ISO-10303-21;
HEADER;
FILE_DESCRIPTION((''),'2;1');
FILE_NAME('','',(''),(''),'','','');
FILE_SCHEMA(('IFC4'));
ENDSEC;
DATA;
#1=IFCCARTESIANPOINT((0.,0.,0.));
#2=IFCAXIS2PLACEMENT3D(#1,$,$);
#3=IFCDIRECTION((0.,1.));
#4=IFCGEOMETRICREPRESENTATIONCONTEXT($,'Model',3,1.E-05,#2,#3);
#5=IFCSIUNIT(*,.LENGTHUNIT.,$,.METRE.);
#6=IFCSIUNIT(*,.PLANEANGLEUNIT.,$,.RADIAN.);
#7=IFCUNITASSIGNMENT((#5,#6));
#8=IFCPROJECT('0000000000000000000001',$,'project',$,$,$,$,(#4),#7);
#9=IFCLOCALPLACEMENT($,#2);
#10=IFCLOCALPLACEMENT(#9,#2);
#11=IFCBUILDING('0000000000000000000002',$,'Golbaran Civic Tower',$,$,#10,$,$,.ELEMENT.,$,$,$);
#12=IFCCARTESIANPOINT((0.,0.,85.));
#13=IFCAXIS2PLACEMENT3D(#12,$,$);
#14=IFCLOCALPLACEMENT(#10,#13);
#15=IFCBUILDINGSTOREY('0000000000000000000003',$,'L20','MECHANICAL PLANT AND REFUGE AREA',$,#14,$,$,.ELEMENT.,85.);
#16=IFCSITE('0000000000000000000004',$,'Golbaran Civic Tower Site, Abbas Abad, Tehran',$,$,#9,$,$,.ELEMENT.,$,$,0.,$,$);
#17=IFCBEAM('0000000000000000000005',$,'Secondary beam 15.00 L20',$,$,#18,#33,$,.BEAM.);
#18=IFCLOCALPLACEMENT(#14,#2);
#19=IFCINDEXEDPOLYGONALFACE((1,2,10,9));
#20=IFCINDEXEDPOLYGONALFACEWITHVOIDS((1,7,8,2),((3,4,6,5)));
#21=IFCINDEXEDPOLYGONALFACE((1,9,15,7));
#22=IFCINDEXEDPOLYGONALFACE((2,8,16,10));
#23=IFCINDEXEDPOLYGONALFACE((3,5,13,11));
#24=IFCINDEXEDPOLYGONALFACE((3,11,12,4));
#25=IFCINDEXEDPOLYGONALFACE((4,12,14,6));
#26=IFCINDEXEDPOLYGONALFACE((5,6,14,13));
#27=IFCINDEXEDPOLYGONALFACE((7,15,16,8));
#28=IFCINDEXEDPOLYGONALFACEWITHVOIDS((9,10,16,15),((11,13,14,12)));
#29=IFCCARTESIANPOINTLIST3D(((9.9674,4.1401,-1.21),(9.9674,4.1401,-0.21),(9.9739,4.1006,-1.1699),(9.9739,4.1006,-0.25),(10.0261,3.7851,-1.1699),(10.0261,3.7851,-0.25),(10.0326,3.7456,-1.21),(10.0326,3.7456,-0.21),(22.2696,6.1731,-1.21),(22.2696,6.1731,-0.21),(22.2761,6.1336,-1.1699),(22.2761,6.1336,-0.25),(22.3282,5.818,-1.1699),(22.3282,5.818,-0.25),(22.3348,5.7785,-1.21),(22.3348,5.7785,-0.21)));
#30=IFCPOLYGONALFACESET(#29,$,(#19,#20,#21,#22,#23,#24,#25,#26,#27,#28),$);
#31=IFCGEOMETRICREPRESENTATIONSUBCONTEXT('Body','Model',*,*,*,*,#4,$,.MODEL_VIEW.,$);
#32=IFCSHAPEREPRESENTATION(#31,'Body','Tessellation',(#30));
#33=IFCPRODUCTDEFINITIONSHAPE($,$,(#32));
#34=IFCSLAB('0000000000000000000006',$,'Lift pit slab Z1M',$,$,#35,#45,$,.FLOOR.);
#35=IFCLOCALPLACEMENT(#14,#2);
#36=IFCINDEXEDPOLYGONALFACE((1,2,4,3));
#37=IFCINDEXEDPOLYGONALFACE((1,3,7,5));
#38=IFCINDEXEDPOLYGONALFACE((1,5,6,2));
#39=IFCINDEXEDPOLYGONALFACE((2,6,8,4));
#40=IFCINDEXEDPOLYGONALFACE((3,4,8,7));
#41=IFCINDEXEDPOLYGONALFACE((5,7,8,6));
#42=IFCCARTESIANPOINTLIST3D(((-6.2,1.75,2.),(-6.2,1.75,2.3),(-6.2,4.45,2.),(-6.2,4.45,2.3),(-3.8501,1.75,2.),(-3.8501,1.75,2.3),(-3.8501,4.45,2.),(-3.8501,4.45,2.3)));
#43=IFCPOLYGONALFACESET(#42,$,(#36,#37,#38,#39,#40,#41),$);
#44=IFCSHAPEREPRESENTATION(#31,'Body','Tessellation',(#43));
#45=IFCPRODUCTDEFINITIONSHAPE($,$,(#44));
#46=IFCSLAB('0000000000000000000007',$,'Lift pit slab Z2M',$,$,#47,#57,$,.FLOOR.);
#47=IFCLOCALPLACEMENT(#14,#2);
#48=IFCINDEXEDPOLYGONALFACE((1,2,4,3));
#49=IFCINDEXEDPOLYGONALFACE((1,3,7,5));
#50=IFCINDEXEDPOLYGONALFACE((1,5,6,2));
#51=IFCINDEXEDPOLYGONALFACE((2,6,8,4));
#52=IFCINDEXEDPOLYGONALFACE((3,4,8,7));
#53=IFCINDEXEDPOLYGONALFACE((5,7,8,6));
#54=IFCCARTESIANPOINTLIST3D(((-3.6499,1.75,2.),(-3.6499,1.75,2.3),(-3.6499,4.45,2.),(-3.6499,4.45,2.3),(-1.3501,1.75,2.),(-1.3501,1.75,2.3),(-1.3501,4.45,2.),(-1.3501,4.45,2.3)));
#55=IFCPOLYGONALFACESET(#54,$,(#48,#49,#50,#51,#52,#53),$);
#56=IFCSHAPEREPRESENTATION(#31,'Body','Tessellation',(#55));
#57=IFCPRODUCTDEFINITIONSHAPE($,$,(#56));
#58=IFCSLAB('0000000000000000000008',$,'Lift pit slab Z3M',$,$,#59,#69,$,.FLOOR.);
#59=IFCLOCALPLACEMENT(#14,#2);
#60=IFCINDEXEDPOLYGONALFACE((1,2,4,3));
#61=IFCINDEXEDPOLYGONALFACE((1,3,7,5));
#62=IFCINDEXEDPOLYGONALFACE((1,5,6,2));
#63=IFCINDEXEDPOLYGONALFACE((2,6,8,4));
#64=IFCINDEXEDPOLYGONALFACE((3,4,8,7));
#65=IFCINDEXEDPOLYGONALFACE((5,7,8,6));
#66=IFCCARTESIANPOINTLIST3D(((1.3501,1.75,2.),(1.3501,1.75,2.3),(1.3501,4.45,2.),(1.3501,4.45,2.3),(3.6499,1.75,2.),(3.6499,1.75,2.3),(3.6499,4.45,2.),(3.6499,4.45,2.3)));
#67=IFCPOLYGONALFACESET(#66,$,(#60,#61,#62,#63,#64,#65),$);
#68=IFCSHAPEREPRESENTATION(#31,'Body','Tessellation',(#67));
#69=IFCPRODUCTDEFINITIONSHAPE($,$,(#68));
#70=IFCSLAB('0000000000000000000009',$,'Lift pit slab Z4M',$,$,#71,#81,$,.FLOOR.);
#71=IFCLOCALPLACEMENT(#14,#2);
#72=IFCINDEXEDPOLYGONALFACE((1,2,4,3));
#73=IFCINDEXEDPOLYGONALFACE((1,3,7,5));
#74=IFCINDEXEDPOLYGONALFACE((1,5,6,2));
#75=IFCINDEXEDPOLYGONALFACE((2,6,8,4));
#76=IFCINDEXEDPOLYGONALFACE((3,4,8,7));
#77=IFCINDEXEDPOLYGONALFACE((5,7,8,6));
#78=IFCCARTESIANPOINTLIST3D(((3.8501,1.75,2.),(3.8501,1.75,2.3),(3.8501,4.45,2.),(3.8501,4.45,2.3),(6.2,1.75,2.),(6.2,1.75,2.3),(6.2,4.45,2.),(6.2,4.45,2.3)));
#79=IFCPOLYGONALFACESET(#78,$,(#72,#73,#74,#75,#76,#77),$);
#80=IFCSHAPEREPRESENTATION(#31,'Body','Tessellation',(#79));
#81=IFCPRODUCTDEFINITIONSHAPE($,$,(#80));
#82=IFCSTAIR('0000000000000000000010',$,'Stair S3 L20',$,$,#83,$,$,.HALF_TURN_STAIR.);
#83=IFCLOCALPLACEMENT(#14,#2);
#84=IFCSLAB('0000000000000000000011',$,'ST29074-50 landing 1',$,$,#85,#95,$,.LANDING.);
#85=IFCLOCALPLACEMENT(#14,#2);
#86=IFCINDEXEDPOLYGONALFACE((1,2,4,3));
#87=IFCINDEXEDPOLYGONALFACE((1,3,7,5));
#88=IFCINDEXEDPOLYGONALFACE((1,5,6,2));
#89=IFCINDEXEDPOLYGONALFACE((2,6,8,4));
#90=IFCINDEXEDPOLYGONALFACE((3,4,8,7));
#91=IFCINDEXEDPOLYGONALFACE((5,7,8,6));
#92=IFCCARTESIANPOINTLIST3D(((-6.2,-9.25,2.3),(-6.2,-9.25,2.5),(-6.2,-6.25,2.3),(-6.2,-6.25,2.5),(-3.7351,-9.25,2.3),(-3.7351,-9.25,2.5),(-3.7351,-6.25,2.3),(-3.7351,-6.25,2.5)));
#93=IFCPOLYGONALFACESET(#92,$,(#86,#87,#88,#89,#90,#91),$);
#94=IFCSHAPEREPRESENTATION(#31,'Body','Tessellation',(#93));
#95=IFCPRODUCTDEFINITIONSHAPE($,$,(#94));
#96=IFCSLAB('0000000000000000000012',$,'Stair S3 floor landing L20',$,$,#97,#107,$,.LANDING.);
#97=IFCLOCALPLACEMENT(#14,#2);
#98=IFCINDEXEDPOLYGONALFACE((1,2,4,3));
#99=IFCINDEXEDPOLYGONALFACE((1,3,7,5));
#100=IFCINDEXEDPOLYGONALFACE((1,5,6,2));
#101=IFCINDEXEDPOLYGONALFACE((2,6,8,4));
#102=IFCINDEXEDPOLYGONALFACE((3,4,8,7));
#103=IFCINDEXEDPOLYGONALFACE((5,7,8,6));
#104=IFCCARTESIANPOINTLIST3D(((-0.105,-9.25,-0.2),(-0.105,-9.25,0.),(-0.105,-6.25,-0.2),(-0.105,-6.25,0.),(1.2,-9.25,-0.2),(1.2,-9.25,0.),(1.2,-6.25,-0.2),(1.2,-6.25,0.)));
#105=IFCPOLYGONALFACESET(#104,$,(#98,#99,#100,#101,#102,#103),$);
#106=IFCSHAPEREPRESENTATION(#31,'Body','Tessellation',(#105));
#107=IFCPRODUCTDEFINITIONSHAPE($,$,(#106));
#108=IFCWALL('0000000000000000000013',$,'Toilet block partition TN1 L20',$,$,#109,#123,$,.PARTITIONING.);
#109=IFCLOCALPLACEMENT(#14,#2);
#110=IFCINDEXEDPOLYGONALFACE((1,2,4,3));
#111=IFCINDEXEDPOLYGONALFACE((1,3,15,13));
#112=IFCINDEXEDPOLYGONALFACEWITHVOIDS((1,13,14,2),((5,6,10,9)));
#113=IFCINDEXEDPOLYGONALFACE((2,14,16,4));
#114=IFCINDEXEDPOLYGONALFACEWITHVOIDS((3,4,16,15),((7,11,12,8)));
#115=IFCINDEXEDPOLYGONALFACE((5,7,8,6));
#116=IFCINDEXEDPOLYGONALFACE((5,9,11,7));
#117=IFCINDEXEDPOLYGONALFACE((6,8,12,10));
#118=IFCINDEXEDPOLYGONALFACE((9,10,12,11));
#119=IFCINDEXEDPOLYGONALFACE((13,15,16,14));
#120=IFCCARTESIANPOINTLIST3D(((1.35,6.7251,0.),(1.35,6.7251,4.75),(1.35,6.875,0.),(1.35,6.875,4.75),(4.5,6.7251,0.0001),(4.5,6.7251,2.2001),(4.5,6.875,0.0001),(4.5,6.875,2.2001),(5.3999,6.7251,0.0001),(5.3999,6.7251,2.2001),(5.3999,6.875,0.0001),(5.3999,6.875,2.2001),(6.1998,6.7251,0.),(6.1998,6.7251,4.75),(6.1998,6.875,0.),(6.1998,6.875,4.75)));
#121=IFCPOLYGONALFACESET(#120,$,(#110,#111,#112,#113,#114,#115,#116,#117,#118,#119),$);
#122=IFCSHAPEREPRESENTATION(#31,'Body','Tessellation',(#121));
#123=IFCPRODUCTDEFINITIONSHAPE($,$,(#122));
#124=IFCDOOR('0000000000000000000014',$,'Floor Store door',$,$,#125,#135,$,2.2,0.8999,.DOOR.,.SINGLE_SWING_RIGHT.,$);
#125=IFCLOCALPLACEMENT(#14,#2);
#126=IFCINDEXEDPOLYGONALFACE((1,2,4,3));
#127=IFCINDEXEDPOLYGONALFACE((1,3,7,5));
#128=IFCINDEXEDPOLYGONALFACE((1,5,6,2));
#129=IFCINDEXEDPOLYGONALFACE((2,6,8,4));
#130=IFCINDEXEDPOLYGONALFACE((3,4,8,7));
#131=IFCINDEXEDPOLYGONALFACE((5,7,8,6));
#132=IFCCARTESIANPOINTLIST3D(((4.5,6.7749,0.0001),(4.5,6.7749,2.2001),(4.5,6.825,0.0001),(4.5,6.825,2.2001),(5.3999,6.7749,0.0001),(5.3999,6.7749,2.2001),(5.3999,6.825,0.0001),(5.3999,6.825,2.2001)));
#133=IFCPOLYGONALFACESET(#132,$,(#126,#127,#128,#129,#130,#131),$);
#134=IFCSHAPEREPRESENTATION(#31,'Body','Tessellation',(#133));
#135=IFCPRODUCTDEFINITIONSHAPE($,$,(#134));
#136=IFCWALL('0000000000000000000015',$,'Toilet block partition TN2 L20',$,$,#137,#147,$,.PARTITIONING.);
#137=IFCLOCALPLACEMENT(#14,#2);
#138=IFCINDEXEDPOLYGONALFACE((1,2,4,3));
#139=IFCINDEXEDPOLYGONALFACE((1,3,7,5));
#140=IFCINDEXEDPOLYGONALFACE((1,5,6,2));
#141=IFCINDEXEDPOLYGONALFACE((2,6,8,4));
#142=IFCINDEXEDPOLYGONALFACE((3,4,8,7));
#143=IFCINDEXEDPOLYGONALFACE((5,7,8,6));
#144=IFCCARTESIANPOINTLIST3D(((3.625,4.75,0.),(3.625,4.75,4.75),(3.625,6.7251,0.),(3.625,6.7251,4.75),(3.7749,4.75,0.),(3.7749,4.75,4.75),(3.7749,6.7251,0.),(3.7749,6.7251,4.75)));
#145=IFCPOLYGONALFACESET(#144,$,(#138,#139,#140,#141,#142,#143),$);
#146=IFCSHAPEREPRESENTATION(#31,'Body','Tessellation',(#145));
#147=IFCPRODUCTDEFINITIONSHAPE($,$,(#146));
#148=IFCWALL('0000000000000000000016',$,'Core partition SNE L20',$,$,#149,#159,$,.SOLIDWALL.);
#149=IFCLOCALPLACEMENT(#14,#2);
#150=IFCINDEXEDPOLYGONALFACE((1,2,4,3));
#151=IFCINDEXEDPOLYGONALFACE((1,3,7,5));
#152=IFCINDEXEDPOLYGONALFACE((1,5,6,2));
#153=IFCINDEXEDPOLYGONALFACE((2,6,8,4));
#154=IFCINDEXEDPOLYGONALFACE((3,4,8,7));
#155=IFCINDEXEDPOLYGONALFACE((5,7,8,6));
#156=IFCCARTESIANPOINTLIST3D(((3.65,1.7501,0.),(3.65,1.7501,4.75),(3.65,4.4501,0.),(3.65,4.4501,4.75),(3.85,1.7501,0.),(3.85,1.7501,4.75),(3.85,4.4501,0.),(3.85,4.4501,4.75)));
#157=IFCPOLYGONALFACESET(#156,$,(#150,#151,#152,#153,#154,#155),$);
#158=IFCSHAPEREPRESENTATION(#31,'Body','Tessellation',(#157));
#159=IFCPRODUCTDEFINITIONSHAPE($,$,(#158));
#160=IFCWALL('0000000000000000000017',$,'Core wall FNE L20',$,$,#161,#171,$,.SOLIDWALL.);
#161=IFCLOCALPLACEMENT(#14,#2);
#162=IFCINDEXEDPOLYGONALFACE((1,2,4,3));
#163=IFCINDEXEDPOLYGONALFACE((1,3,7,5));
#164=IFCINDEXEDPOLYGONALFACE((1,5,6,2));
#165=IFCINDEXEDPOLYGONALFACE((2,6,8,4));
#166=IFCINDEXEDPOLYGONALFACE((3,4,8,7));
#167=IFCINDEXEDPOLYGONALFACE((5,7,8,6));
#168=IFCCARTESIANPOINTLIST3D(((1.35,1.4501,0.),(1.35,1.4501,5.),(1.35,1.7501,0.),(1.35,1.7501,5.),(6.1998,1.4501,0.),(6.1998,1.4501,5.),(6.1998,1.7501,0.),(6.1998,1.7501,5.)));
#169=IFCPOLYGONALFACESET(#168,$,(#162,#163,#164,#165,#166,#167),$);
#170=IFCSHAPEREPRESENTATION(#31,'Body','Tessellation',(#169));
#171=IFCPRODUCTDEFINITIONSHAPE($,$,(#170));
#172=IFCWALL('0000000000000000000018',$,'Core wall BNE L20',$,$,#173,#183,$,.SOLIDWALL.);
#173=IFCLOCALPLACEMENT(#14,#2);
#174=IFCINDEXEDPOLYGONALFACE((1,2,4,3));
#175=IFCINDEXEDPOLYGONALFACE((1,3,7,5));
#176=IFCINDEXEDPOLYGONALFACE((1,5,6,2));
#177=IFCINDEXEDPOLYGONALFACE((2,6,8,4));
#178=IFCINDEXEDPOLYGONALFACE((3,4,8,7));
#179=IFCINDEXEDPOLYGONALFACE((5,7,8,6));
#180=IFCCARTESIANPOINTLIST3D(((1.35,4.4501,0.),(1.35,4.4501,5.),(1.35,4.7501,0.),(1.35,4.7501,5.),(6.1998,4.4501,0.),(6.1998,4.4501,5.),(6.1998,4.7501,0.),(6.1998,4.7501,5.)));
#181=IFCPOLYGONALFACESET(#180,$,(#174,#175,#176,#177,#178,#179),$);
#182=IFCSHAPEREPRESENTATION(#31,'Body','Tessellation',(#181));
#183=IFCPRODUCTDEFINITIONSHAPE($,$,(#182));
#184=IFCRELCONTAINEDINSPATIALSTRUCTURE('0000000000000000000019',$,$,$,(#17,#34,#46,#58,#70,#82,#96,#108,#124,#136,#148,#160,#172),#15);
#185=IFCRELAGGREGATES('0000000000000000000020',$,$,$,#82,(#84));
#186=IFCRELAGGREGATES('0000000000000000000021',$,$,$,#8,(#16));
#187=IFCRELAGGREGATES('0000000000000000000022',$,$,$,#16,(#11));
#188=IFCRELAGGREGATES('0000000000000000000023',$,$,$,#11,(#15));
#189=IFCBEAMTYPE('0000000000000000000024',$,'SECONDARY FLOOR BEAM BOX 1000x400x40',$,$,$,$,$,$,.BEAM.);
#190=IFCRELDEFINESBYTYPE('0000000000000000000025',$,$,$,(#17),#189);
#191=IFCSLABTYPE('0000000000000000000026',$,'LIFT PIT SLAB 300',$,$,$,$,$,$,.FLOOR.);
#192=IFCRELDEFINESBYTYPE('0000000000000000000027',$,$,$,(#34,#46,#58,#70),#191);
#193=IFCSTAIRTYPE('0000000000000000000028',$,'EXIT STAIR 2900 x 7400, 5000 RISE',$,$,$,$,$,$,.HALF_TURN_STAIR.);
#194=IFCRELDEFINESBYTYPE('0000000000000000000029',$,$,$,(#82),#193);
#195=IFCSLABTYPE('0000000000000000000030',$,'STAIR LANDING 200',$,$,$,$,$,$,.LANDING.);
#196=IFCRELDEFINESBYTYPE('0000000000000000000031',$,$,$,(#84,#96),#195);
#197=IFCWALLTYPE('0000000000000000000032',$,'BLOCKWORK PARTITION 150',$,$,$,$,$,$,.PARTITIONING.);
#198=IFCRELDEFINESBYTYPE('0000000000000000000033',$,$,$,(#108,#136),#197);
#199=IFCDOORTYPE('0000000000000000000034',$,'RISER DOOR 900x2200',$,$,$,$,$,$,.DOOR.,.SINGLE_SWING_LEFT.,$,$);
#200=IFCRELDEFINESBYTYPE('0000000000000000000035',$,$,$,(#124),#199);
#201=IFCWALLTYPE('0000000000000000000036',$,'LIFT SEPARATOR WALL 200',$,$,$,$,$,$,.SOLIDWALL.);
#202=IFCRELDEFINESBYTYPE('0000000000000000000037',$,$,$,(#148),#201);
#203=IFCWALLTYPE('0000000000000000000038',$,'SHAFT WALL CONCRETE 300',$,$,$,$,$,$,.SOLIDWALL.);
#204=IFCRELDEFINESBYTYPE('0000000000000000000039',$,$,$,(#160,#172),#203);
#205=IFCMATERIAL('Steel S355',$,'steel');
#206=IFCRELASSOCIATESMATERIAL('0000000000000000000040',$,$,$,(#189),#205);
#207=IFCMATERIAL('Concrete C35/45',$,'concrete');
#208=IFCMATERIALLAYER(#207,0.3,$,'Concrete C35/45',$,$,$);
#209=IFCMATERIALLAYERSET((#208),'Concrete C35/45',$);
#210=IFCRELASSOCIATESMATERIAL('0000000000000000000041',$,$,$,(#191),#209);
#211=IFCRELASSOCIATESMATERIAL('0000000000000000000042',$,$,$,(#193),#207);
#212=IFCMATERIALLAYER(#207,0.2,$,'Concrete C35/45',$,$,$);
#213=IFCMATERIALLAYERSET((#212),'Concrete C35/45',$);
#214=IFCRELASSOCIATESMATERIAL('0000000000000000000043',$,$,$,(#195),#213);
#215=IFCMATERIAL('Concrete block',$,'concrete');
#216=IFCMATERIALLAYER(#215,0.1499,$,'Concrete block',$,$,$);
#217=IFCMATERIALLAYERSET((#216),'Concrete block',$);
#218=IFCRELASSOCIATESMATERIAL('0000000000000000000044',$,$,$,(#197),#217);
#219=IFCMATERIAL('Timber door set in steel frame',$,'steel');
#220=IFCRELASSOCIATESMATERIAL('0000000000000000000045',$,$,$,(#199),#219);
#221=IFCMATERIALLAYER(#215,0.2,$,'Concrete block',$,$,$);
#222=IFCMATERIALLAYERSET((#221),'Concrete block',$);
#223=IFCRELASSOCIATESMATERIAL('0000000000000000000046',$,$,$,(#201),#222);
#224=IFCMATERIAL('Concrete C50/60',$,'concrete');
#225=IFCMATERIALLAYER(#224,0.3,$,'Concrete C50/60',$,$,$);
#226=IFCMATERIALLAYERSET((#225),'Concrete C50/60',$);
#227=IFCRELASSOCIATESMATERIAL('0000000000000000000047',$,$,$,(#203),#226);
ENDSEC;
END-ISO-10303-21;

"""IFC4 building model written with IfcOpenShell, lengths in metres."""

from ifc_helpers import new_model, si_unit, direction, frame, frame_2d, origin, origin_2d, place, context, subcontext, project, spatial, polyline, rectangle, hollow_rectangle, outline, extrude, material, layer, layer_set, material_profile, profile_set, type_object, element, fill, aggregate, save


model = new_model("IFC4")

# Units and contexts
model_context = context("Model", 3, precision=1e-05, world=origin(), true_north=direction((0.0, 1.0)))
body_context = subcontext(model_context, "Body", "Model", "MODEL_VIEW")
ifc_project = project(units=[si_unit("LENGTHUNIT", "METRE"), si_unit("PLANEANGLEUNIT", "RADIAN")], contexts=[model_context])

# Site, building, storey
site_placement = place(None, origin())
site = spatial("IfcSite", under=ifc_project, at=site_placement, Name="Golbaran Civic Tower Site, Abbas Abad, Tehran", CompositionType="ELEMENT", RefElevation=0.0)
building_placement = place(site_placement, origin())
building = spatial("IfcBuilding", under=site, at=building_placement, Name="Golbaran Civic Tower", CompositionType="ELEMENT")
storey_placement = place(building_placement, frame((0.0, 0.0, 85.0)))
storey = spatial("IfcBuildingStorey", under=building, at=storey_placement, Name="L20", Description="MECHANICAL PLANT AND REFUGE AREA", CompositionType="ELEMENT", Elevation=85.0)

# Beam
ifc_material_1 = material(Name="Steel S355", Category="steel")
ifc_material_profile_1 = material_profile(ifc_material_1, hollow_rectangle(XDim=0.3999, YDim=1.0, WallThickness=0.04, at=origin_2d()), Name="BOX 1000x400x40")
ifc_profile_set_1 = profile_set([ifc_material_profile_1], Name="Steel S355")
beam_type_1 = type_object("IfcBeamType", Name="SECONDARY FLOOR BEAM BOX 1000x400x40", PredefinedType="BEAM", material=ifc_profile_set_1)
beam_1_placement = place(storey_placement, frame((10.0, 3.9429, -0.71), z_axis=(0.986619, 0.16304, 0.0), x_axis=(-0.16304, 0.986619, 0.0)))
element("IfcBeam", 1, at=beam_1_placement, inside=storey, type_object=beam_type_1, Name="Secondary beam 15.00 L20", PredefinedType="BEAM", context=body_context, shape_type="SweptSolid", body=[
    extrude(hollow_rectangle(XDim=0.3999, YDim=1.0, WallThickness=0.04, at=origin_2d()), origin(), (0.0, 0.0, 1.0), 12.469),
])

# Slabs
ifc_material_2 = material(Name="Concrete C35/45", Category="concrete")
ifc_layer_1 = layer(ifc_material_2, 0.3, Name="Concrete C35/45")
ifc_layer_set_1 = layer_set([ifc_layer_1], Name="Concrete C35/45")
slab_type_1 = type_object("IfcSlabType", Name="LIFT PIT SLAB 300", PredefinedType="FLOOR", material=ifc_layer_set_1)
slab_1_placement = place(storey_placement, frame((0.0, 0.0, 2.0)))
element("IfcSlab", 2, at=slab_1_placement, inside=storey, type_object=slab_type_1, Name="Lift pit slab Z1M", PredefinedType="FLOOR", context=body_context, shape_type="SweptSolid", body=[
    extrude(outline(polyline([(-6.2, 1.75), (-3.8501, 1.75), (-3.8501, 4.45), (-6.2, 4.45), (-6.2, 1.75)])), origin(), (0.0, 0.0, 1.0), 0.3),
])
slab_2_placement = place(storey_placement, frame((0.0, 0.0, 2.0)))
element("IfcSlab", 3, at=slab_2_placement, inside=storey, type_object=slab_type_1, Name="Lift pit slab Z2M", PredefinedType="FLOOR", context=body_context, shape_type="SweptSolid", body=[
    extrude(outline(polyline([(-3.6499, 1.75), (-1.3501, 1.75), (-1.3501, 4.45), (-3.6499, 4.45), (-3.6499, 1.75)])), origin(), (0.0, 0.0, 1.0), 0.3),
])
slab_3_placement = place(storey_placement, frame((0.0, 0.0, 2.0)))
element("IfcSlab", 4, at=slab_3_placement, inside=storey, type_object=slab_type_1, Name="Lift pit slab Z3M", PredefinedType="FLOOR", context=body_context, shape_type="SweptSolid", body=[
    extrude(outline(polyline([(1.3501, 1.75), (3.6499, 1.75), (3.6499, 4.45), (1.3501, 4.45), (1.3501, 1.75)])), origin(), (0.0, 0.0, 1.0), 0.3),
])
slab_4_placement = place(storey_placement, frame((0.0, 0.0, 2.0)))
element("IfcSlab", 5, at=slab_4_placement, inside=storey, type_object=slab_type_1, Name="Lift pit slab Z4M", PredefinedType="FLOOR", context=body_context, shape_type="SweptSolid", body=[
    extrude(outline(polyline([(3.8501, 1.75), (6.2, 1.75), (6.2, 4.45), (3.8501, 4.45), (3.8501, 1.75)])), origin(), (0.0, 0.0, 1.0), 0.3),
])

# Stair, slab
stair_type = type_object("IfcStairType", Name="EXIT STAIR 2900 x 7400, 5000 RISE", PredefinedType="HALF_TURN_STAIR", material=ifc_material_2)
stair_placement = place(storey_placement, origin())
stair = element("IfcStair", 6, at=stair_placement, inside=storey, type_object=stair_type, Name="Stair S3 L20", PredefinedType="HALF_TURN_STAIR")
ifc_layer_2 = layer(ifc_material_2, 0.2, Name="Concrete C35/45")
ifc_layer_set_2 = layer_set([ifc_layer_2], Name="Concrete C35/45")
slab_type_2 = type_object("IfcSlabType", Name="STAIR LANDING 200", PredefinedType="LANDING", material=ifc_layer_set_2)
slab_5_placement = place(storey_placement, frame((0.0, 0.0, 2.3)))
slab_5 = element("IfcSlab", 7, at=slab_5_placement, type_object=slab_type_2, Name="ST29074-50 landing 1", PredefinedType="LANDING", context=body_context, shape_type="SweptSolid", body=[
    extrude(outline(polyline([(-3.7351, -9.25), (-6.2, -9.25), (-6.2, -6.25), (-3.7351, -6.25), (-3.7351, -9.25)])), origin(), (0.0, 0.0, 1.0), 0.2),
])
aggregate(stair, [slab_5])

# Slab
slab_6_placement = place(storey_placement, frame((0.0, 0.0, -0.2)))
element("IfcSlab", 8, at=slab_6_placement, inside=storey, type_object=slab_type_2, Name="Stair S3 floor landing L20", PredefinedType="LANDING", context=body_context, shape_type="SweptSolid", body=[
    extrude(outline(polyline([(1.2, -9.25), (-0.105, -9.25), (-0.105, -6.25), (1.2, -6.25), (1.2, -9.25)])), origin(), (0.0, 0.0, 1.0), 0.2),
])

# Wall, opening, door
ifc_material_3 = material(Name="Concrete block", Category="concrete")
ifc_layer_3 = layer(ifc_material_3, 0.1499, Name="Concrete block")
ifc_layer_set_3 = layer_set([ifc_layer_3], Name="Concrete block")
wall_type_1 = type_object("IfcWallType", Name="BLOCKWORK PARTITION 150", PredefinedType="PARTITIONING", material=ifc_layer_set_3)
wall_1_placement = place(storey_placement, frame((1.3501, 6.8, 0.0), z_axis=(0.0, 0.0, 1.0), x_axis=(1.0, 0.0, 0.0)))
wall_1 = element("IfcWall", 9, at=wall_1_placement, inside=storey, type_object=wall_type_1, Name="Toilet block partition TN1 L20", PredefinedType="PARTITIONING", context=body_context, shape_type="SweptSolid", body=[
    extrude(rectangle(XDim=4.8499, YDim=0.1499, at=frame_2d((2.4248, 0.0))), origin(), (0.0, 0.0, 1.0), 4.75),
])
opening_1_placement = place(wall_1_placement, frame((3.1499, 0.0, 0.0)))
opening_1 = element("IfcOpeningElement", 10, at=opening_1_placement, cuts=wall_1, PredefinedType="OPENING", context=body_context, shape_type="SweptSolid", body=[
    extrude(rectangle(XDim=0.8999, YDim=2.2, at=frame_2d((0.45, 1.1001))), frame((0.0, 0.085, 0.0), z_axis=(0.0, -1.0, 0.0), x_axis=(1.0, 0.0, 0.0)), (0.0, 0.0, 1.0), 0.1699),
])
ifc_material_4 = material(Name="Timber door set in steel frame", Category="steel")
door_type_1 = type_object("IfcDoorType", Name="RISER DOOR 900x2200", OperationType="SINGLE_SWING_LEFT", PredefinedType="DOOR", material=ifc_material_4)
door_1_placement = place(opening_1_placement, origin())
door_1 = element("IfcDoor", 11, at=door_1_placement, inside=storey, type_object=door_type_1, Name="Floor Store door", OperationType="SINGLE_SWING_RIGHT", OverallHeight=2.2, OverallWidth=0.8999, PredefinedType="DOOR", context=body_context, shape_type="SweptSolid", body=[
    extrude(rectangle(XDim=0.8999, YDim=2.2, at=frame_2d((0.45, 1.1001))), frame((0.0, 0.0249, 0.0), z_axis=(0.0, -1.0, 0.0), x_axis=(1.0, 0.0, 0.0)), (0.0, 0.0, 1.0), 0.05),
])
fill(opening_1, door_1)

# Walls
wall_2_placement = place(storey_placement, frame((3.7, 4.75, 0.0), z_axis=(0.0, 0.0, 1.0), x_axis=(0.0, 1.0, 0.0)))
element("IfcWall", 12, at=wall_2_placement, inside=storey, type_object=wall_type_1, Name="Toilet block partition TN2 L20", PredefinedType="PARTITIONING", context=body_context, shape_type="SweptSolid", body=[
    extrude(rectangle(XDim=1.9751, YDim=0.1499, at=frame_2d((0.9875, 0.0))), origin(), (0.0, 0.0, 1.0), 4.75),
])
ifc_layer_4 = layer(ifc_material_3, 0.2, Name="Concrete block")
ifc_layer_set_4 = layer_set([ifc_layer_4], Name="Concrete block")
wall_type_2 = type_object("IfcWallType", Name="LIFT SEPARATOR WALL 200", PredefinedType="SOLIDWALL", material=ifc_layer_set_4)
wall_3_placement = place(storey_placement, frame((3.75, 1.75, 0.0), z_axis=(0.0, 0.0, 1.0), x_axis=(0.0, 1.0, 0.0)))
element("IfcWall", 13, at=wall_3_placement, inside=storey, type_object=wall_type_2, Name="Core partition SNE L20", PredefinedType="SOLIDWALL", context=body_context, shape_type="SweptSolid", body=[
    extrude(rectangle(XDim=2.7, YDim=0.2, at=frame_2d((1.3501, 0.0))), origin(), (0.0, 0.0, 1.0), 4.75),
])
ifc_material_5 = material(Name="Concrete C50/60", Category="concrete")
ifc_layer_5 = layer(ifc_material_5, 0.3, Name="Concrete C50/60")
ifc_layer_set_5 = layer_set([ifc_layer_5], Name="Concrete C50/60")
wall_type_3 = type_object("IfcWallType", Name="SHAFT WALL CONCRETE 300", PredefinedType="SOLIDWALL", material=ifc_layer_set_5)
for number, where, z_axis, x_axis, name in (
    (14, (1.3501, 1.6001, 0.0), (0.0, 0.0, 1.0), (1.0, 0.0, 0.0), "Core wall FNE L20"),
    (15, (1.3501, 4.6001, 0.0), (0.0, 0.0, 1.0), (1.0, 0.0, 0.0), "Core wall BNE L20"),
):
    element("IfcWall", number, at=place(storey_placement, frame(where, z_axis=z_axis, x_axis=x_axis)), inside=storey, type_object=wall_type_3, Name=name, PredefinedType="SOLIDWALL", context=body_context, shape_type="SweptSolid", body=[
        extrude(rectangle(XDim=4.8499, YDim=0.3, at=frame_2d((2.4248, 0.0))), origin(), (0.0, 0.0, 1.0), 5.0),
    ])

save(model, "model.ifc")
